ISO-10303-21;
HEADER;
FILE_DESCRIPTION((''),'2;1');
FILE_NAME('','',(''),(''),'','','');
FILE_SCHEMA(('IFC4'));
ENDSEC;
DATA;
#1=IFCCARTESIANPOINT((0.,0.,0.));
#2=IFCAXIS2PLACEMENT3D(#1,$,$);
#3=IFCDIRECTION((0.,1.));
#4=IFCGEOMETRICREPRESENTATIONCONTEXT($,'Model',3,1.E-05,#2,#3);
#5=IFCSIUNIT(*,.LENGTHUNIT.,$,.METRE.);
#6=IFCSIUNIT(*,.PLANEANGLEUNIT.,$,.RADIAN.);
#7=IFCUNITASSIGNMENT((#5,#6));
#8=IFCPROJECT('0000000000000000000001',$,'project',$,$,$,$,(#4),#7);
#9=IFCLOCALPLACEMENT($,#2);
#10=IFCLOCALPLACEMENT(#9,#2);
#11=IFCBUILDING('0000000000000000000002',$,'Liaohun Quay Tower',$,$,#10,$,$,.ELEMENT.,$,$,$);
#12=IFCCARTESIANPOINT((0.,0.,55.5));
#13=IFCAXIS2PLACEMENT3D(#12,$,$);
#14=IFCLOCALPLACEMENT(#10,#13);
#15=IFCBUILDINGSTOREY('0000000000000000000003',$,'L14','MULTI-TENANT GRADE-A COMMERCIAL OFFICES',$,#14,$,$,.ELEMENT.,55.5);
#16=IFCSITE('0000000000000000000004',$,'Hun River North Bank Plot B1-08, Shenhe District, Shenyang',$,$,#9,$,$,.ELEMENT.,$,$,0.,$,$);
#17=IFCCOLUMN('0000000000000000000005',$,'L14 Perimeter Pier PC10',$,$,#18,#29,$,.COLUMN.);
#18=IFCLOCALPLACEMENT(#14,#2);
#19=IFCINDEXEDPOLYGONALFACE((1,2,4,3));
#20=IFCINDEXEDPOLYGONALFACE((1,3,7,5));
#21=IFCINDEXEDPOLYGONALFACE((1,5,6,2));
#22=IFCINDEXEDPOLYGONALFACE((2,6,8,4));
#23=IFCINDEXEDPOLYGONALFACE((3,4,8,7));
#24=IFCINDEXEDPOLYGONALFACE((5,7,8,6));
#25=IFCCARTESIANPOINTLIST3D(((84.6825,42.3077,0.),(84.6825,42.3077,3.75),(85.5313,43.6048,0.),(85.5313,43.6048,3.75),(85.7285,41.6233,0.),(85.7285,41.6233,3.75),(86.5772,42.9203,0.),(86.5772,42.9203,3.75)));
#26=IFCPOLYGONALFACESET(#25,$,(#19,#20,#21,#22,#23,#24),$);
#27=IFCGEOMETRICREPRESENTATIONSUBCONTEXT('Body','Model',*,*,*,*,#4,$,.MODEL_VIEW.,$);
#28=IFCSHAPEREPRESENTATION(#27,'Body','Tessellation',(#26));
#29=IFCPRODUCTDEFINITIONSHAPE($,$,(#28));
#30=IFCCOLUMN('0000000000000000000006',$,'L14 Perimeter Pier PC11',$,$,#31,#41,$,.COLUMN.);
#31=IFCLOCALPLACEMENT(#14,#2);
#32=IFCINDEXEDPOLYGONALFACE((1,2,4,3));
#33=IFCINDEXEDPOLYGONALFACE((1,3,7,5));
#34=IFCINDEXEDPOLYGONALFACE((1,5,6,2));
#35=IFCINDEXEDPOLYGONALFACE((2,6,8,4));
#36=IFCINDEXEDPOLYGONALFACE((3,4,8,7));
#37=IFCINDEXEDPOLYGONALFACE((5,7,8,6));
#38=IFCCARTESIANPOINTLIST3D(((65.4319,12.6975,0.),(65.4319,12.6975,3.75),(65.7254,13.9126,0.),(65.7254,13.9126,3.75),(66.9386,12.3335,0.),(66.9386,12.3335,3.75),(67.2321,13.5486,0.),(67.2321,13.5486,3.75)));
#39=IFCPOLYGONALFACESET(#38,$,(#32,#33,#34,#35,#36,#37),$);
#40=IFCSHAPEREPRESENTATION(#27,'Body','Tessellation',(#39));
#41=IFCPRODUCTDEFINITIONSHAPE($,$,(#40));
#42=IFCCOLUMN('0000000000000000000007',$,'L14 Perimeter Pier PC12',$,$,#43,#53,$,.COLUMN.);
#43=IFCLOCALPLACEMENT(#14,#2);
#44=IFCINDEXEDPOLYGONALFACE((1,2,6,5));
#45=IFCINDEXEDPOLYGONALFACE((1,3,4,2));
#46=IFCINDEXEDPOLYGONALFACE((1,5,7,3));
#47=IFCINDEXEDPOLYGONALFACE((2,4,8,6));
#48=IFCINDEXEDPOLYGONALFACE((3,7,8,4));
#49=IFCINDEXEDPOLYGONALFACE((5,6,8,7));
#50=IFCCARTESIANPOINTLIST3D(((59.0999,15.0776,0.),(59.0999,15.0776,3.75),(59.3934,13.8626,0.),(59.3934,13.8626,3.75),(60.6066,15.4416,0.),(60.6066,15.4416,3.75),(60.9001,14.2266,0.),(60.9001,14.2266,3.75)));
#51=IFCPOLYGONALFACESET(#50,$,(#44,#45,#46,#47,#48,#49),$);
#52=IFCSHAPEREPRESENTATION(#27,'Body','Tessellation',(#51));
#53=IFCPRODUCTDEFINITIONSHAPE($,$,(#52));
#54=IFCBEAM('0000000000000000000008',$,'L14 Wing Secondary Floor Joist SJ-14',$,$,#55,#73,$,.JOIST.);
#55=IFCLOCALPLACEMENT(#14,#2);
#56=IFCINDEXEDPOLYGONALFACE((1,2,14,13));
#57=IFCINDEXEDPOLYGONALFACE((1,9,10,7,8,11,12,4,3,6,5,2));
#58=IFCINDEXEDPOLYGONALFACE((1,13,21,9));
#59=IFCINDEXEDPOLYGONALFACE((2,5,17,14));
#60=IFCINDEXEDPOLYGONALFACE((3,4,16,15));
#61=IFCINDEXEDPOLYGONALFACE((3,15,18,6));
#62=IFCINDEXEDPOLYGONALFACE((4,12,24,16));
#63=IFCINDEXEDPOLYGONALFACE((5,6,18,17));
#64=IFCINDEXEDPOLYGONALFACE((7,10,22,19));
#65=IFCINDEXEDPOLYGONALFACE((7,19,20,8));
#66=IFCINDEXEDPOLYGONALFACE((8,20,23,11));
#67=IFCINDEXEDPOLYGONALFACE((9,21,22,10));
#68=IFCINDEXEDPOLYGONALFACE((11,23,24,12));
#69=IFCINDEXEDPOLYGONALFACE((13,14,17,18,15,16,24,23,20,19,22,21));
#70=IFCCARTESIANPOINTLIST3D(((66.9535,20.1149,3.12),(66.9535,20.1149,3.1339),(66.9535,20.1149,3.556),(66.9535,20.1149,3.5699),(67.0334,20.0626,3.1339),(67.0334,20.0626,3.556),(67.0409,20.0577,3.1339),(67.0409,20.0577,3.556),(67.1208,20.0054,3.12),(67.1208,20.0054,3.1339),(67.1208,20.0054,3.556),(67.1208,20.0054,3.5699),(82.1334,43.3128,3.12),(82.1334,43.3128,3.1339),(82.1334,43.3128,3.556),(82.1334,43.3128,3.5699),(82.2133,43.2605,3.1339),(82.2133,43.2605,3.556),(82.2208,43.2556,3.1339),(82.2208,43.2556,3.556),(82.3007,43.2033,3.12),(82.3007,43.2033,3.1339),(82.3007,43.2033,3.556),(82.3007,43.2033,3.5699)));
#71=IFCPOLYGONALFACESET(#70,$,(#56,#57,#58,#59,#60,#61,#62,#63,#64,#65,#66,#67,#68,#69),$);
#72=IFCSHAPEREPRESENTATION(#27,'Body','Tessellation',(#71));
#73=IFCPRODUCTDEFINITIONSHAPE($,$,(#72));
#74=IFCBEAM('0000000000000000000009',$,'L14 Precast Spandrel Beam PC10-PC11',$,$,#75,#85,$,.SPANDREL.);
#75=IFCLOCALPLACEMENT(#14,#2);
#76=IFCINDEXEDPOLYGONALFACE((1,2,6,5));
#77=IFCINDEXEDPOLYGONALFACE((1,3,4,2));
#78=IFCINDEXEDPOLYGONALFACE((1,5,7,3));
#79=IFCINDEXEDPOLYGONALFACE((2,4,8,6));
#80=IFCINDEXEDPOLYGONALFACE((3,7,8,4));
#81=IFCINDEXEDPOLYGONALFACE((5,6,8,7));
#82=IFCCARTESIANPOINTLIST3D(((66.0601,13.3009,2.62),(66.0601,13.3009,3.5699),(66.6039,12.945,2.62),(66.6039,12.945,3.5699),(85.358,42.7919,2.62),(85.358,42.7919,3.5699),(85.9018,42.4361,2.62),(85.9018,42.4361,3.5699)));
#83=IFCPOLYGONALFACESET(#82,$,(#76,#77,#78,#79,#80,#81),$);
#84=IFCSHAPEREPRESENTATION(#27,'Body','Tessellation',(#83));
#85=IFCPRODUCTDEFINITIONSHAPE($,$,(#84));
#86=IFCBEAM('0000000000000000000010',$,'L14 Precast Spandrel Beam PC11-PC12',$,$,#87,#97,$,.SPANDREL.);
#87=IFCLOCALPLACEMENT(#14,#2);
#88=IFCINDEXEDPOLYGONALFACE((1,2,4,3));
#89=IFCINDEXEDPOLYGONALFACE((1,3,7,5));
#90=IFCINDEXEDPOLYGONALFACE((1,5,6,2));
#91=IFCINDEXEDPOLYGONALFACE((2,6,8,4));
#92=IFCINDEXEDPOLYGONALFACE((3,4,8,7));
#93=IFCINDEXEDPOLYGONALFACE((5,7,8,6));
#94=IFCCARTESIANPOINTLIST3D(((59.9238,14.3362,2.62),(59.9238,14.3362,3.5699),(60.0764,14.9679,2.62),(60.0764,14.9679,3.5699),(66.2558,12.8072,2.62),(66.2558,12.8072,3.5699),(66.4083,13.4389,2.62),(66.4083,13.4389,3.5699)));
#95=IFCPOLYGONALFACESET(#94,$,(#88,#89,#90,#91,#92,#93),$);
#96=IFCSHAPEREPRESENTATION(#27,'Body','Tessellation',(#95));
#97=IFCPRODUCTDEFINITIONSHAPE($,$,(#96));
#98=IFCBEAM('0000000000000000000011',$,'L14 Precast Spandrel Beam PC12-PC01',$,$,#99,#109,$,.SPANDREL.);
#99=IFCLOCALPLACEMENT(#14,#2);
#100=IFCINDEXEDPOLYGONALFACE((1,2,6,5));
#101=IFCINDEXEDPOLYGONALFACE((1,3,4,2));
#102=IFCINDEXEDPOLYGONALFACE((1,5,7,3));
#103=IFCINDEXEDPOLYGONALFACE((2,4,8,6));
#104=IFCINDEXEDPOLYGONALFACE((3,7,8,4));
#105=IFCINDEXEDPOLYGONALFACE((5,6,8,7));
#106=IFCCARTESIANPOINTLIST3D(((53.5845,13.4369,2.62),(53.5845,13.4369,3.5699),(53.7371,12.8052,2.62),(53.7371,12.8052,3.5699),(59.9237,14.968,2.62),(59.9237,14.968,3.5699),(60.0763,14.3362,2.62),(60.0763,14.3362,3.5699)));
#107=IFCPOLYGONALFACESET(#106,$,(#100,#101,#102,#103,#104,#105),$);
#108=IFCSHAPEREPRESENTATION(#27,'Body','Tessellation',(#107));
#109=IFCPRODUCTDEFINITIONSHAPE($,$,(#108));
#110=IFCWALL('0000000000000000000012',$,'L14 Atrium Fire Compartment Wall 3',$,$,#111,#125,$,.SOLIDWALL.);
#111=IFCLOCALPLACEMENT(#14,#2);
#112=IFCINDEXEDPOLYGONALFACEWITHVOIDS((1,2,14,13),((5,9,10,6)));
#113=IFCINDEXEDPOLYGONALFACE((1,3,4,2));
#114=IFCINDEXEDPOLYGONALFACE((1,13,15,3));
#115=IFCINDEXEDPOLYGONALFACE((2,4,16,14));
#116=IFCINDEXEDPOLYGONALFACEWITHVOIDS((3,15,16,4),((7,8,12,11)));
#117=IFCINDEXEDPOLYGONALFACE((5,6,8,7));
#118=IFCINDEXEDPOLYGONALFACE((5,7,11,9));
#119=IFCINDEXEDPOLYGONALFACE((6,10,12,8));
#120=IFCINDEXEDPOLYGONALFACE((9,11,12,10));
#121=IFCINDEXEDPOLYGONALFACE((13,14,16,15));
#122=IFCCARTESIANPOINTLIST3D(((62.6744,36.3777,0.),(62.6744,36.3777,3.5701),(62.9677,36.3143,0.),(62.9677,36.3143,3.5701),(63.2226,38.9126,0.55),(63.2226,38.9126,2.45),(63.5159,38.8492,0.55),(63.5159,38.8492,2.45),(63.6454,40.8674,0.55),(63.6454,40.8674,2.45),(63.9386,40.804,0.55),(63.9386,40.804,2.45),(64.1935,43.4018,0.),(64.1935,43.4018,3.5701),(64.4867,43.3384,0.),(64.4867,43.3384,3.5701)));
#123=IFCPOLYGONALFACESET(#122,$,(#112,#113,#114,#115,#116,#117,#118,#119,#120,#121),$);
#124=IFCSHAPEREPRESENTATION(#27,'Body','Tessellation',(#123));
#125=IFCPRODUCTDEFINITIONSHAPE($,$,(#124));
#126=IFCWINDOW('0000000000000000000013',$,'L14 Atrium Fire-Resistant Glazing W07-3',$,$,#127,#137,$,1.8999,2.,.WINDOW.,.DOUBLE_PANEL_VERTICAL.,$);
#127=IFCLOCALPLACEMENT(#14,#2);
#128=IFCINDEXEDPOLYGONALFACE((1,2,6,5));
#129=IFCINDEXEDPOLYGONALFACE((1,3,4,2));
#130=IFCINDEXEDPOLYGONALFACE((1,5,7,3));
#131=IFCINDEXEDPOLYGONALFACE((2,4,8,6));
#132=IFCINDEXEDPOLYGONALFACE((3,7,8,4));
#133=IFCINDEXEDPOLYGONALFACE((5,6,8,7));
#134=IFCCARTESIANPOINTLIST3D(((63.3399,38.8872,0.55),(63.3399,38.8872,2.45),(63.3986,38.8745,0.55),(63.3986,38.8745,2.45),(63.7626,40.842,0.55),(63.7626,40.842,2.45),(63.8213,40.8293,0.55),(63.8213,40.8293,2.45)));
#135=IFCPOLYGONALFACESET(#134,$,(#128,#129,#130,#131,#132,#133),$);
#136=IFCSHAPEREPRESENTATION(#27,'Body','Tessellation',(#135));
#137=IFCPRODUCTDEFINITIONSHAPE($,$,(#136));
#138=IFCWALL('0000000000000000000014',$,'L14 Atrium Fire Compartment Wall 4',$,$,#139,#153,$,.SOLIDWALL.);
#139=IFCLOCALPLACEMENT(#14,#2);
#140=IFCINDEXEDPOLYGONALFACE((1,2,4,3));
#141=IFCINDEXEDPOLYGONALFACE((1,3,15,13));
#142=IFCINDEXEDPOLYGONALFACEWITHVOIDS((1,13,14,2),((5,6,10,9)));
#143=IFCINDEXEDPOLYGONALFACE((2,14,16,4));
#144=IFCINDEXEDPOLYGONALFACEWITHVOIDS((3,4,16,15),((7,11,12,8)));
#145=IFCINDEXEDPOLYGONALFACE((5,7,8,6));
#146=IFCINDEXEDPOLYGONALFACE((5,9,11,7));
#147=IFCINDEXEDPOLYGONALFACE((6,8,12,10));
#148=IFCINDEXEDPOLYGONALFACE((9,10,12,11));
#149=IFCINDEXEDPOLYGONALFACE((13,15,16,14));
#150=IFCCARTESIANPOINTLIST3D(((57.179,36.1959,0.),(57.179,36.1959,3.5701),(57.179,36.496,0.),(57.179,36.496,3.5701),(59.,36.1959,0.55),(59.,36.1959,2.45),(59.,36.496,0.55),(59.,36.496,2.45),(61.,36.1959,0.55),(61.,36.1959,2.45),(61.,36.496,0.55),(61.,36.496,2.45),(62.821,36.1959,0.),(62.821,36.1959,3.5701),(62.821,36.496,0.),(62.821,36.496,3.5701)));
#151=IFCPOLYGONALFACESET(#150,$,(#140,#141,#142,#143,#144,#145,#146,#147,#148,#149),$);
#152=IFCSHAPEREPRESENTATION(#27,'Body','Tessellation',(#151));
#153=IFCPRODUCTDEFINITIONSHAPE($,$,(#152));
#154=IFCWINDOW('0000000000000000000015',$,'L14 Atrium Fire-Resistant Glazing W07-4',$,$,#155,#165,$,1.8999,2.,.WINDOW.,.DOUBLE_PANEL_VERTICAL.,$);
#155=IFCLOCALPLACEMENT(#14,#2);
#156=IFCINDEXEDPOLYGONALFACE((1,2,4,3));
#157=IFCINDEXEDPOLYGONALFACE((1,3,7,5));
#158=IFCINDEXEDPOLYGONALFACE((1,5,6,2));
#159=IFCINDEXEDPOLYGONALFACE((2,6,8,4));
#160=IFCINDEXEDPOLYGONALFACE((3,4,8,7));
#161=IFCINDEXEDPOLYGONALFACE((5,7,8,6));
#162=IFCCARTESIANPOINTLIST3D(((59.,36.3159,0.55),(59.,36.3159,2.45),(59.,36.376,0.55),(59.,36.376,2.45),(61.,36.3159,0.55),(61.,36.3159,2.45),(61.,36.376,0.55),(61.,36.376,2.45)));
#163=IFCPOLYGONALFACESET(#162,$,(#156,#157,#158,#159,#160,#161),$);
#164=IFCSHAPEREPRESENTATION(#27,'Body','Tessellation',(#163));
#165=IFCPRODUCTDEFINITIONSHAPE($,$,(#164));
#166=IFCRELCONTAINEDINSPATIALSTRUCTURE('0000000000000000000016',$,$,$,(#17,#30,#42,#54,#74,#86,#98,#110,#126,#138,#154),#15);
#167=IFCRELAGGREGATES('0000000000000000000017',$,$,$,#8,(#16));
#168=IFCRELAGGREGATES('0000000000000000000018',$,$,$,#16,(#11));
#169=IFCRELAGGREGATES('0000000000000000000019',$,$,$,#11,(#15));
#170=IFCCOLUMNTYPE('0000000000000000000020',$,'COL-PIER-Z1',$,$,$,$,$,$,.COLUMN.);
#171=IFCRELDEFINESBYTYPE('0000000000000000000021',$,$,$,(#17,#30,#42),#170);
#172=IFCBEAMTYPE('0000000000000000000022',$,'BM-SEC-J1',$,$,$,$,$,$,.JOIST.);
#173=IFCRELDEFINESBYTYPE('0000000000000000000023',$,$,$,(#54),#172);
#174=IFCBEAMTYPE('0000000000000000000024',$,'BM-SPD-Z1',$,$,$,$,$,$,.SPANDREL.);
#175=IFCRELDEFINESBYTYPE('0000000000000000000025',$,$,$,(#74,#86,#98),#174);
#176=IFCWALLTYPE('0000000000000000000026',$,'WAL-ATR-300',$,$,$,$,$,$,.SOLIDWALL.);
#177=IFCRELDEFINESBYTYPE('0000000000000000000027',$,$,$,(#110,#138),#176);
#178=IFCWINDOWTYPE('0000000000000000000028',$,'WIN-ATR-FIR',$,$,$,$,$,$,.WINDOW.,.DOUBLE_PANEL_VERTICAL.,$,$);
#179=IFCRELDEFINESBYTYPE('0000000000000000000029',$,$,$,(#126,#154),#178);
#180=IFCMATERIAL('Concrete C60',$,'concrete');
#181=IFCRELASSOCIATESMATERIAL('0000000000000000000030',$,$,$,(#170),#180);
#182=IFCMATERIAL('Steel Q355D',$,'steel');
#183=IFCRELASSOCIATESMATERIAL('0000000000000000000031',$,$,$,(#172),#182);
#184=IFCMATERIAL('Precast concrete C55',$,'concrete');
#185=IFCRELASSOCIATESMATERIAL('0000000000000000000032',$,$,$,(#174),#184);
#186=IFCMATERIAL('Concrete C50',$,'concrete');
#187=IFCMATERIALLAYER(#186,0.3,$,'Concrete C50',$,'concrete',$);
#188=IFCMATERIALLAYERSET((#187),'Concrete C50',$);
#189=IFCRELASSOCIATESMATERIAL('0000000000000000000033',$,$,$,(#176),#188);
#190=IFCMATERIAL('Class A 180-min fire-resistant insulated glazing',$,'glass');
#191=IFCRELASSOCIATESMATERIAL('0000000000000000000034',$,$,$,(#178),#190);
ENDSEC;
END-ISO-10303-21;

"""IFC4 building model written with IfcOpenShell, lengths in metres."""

from ifc_helpers import new_model, si_unit, direction, frame, frame_2d, origin, origin_2d, place, context, subcontext, project, spatial, rectangle, i_section, extrude, source, transform, mapped, material, layer, layer_set, material_profile, profile_set, type_object, element, fill, save


model = new_model("IFC4")

# Units and contexts
model_context = context("Model", 3, precision=1e-05, world=origin(), true_north=direction((0.0, 1.0)))
body_context = subcontext(model_context, "Body", "Model", "MODEL_VIEW")
ifc_project = project(units=[si_unit("LENGTHUNIT", "METRE"), si_unit("PLANEANGLEUNIT", "RADIAN")], contexts=[model_context])

# Site, building, storey
site_placement = place(None, origin())
site = spatial("IfcSite", under=ifc_project, at=site_placement, Name="Hun River North Bank Plot B1-08, Shenhe District, Shenyang", CompositionType="ELEMENT", RefElevation=0.0)
building_placement = place(site_placement, origin())
building = spatial("IfcBuilding", under=site, at=building_placement, Name="Liaohun Quay Tower", CompositionType="ELEMENT")
storey_placement = place(building_placement, frame((0.0, 0.0, 55.5)))
storey = spatial("IfcBuildingStorey", under=building, at=storey_placement, Name="L14", Description="MULTI-TENANT GRADE-A COMMERCIAL OFFICES", CompositionType="ELEMENT", Elevation=55.5)

# Columns
ifc_material_1 = material(Name="Concrete C60", Category="concrete")
ifc_material_profile_1 = material_profile(ifc_material_1, rectangle(XDim=1.55, YDim=1.25, at=origin_2d()), Name="RC1550x1250")
ifc_profile_set_1 = profile_set([ifc_material_profile_1], Name="Concrete C60")
column_type = type_object("IfcColumnType", Name="COL-PIER-Z1", PredefinedType="COLUMN", material=ifc_profile_set_1)
shared_shape_1 = source(origin(), body_context, "Body", "SweptSolid", [
    extrude(rectangle(XDim=1.55, YDim=1.25, at=origin_2d()), origin(), (0.0, 0.0, 1.0), 3.75),
])
for number, where, z_axis, x_axis, name in (
    (1, (85.6299, 42.614, 0.0), (0.0, 0.0, 1.0), (0.547563, 0.836764, 0.0), "L14 Perimeter Pier PC10"),
    (2, (66.332, 13.123, 0.0), (0.0, 0.0, 1.0), (-0.972043, 0.234803, 0.0), "L14 Perimeter Pier PC11"),
    (3, (60.0, 14.6521, 0.0), (0.0, 0.0, 1.0), (0.972043, 0.234803, 0.0), "L14 Perimeter Pier PC12"),
):
    element("IfcColumn", number, at=place(storey_placement, frame(where, z_axis=z_axis, x_axis=x_axis)), inside=storey, type_object=column_type, Name=name, PredefinedType="COLUMN", context=body_context, shape_type="MappedRepresentation", body=[
        mapped(shared_shape_1, transform((0.0, 0.0, 0.0), x_axis=(1.0, 0.0, 0.0), y_axis=(0.0, 1.0, 0.0), z_axis=(0.0, 0.0, 1.0), scale=1.0)),
    ])

# Beams
ifc_material_2 = material(Name="Steel Q355D", Category="steel")
ifc_material_profile_2 = material_profile(ifc_material_2, i_section(OverallWidth=0.2, OverallDepth=0.45, WebThickness=0.009, FlangeThickness=0.0139, at=origin_2d()), Name="HN450x200x9x14")
ifc_profile_set_2 = profile_set([ifc_material_profile_2], Name="Steel Q355D")
beam_type_1 = type_object("IfcBeamType", Name="BM-SEC-J1", PredefinedType="JOIST", material=ifc_profile_set_2)
shared_shape_2 = source(origin(), body_context, "Body", "SweptSolid", [
    extrude(i_section(OverallWidth=0.2, OverallDepth=0.45, WebThickness=0.009, FlangeThickness=0.0139, at=origin_2d()), origin(), (0.0, 0.0, 1.0), 27.7231),
])
beam_1_placement = place(storey_placement, frame((82.217, 43.2581, 3.345), z_axis=(-0.547553, -0.836771, 0.0), x_axis=(0.836771, -0.547553, 0.0)))
element("IfcBeam", 4, at=beam_1_placement, inside=storey, type_object=beam_type_1, Name="L14 Wing Secondary Floor Joist SJ-14", PredefinedType="JOIST", context=body_context, shape_type="MappedRepresentation", body=[
    mapped(shared_shape_2, transform((0.0, 0.0, 0.0), x_axis=(1.0, 0.0, 0.0), y_axis=(0.0, 1.0, 0.0), z_axis=(0.0, 0.0, 1.0), scale=1.0)),
])
ifc_material_3 = material(Name="Precast concrete C55", Category="concrete")
ifc_material_profile_3 = material_profile(ifc_material_3, rectangle(XDim=0.6499, YDim=0.95, at=origin_2d()), Name="RC650x950")
ifc_profile_set_3 = profile_set([ifc_material_profile_3], Name="Precast concrete C55")
beam_type_2 = type_object("IfcBeamType", Name="BM-SPD-Z1", PredefinedType="SPANDREL", material=ifc_profile_set_3)
shared_shape_3 = source(origin(), body_context, "Body", "SweptSolid", [
    extrude(rectangle(XDim=0.6499, YDim=0.95, at=origin_2d()), origin(), (0.0, 0.0, 1.0), 35.2439),
])
beam_2_placement = place(storey_placement, frame((85.6299, 42.614, 3.095), z_axis=(-0.547553, -0.836771, 0.0), x_axis=(0.836771, -0.547553, 0.0)))
element("IfcBeam", 5, at=beam_2_placement, inside=storey, type_object=beam_type_2, Name="L14 Precast Spandrel Beam PC10-PC11", PredefinedType="SPANDREL", context=body_context, shape_type="MappedRepresentation", body=[
    mapped(shared_shape_3, transform((0.0, 0.0, 0.0), x_axis=(1.0, 0.0, 0.0), y_axis=(0.0, 1.0, 0.0), z_axis=(0.0, 0.0, 1.0), scale=1.0)),
])
shared_shape_4 = source(origin(), body_context, "Body", "SweptSolid", [
    extrude(rectangle(XDim=0.6499, YDim=0.95, at=origin_2d()), origin(), (0.0, 0.0, 1.0), 6.5139),
])
beam_3_placement = place(storey_placement, frame((66.332, 13.123, 3.095), z_axis=(-0.97206, 0.234732, 0.0), x_axis=(-0.234732, -0.97206, 0.0)))
element("IfcBeam", 6, at=beam_3_placement, inside=storey, type_object=beam_type_2, Name="L14 Precast Spandrel Beam PC11-PC12", PredefinedType="SPANDREL", context=body_context, shape_type="MappedRepresentation", body=[
    mapped(shared_shape_4, transform((0.0, 0.0, 0.0), x_axis=(1.0, 0.0, 0.0), y_axis=(0.0, 1.0, 0.0), z_axis=(0.0, 0.0, 1.0), scale=1.0)),
])
shared_shape_5 = source(origin(), body_context, "Body", "SweptSolid", [
    extrude(rectangle(XDim=0.6499, YDim=0.95, at=origin_2d()), origin(), (0.0, 0.0, 1.0), 6.5215),
])
beam_4_placement = place(storey_placement, frame((60.0, 14.6521, 3.095), z_axis=(-0.972052, -0.234767, 0.0), x_axis=(0.234767, -0.972052, 0.0)))
element("IfcBeam", 7, at=beam_4_placement, inside=storey, type_object=beam_type_2, Name="L14 Precast Spandrel Beam PC12-PC01", PredefinedType="SPANDREL", context=body_context, shape_type="MappedRepresentation", body=[
    mapped(shared_shape_5, transform((0.0, 0.0, 0.0), x_axis=(1.0, 0.0, 0.0), y_axis=(0.0, 1.0, 0.0), z_axis=(0.0, 0.0, 1.0), scale=1.0)),
])

# Walls, openings, windows
ifc_material_4 = material(Name="Concrete C50", Category="concrete")
ifc_layer_1 = layer(ifc_material_4, 0.3, Name="Concrete C50", Category="concrete")
ifc_layer_set_1 = layer_set([ifc_layer_1], Name="Concrete C50")
wall_type_1 = type_object("IfcWallType", Name="WAL-ATR-300", PredefinedType="SOLIDWALL", material=ifc_layer_set_1)
wall_1_placement = place(storey_placement, frame((64.3401, 43.3701, 0.0), z_axis=(0.0, 0.0, 1.0), x_axis=(-0.211373, -0.977405, 0.0)))
wall_1 = element("IfcWall", 8, at=wall_1_placement, inside=storey, type_object=wall_type_1, Name="L14 Atrium Fire Compartment Wall 3", PredefinedType="SOLIDWALL", context=body_context, shape_type="SweptSolid", body=[
    extrude(rectangle(XDim=7.1865, YDim=0.3, at=frame_2d((3.5933, 0.0))), origin(), (0.0, 0.0, 1.0), 3.5701),
])
shared_shape_6 = source(origin(), body_context, "Body", "SweptSolid", [
    extrude(rectangle(XDim=2.0, YDim=1.8999, at=frame_2d((1.0, 0.95))), frame((0.0, 0.1599, 0.0), z_axis=(0.0, -1.0, 0.0), x_axis=(1.0, 0.0, 0.0)), (0.0, 0.0, 1.0), 0.3201),
])
opening_1_placement = place(wall_1_placement, frame((2.593, 0.0, 0.55)))
opening_1 = element("IfcOpeningElement", 9, at=opening_1_placement, cuts=wall_1, PredefinedType="OPENING", context=body_context, shape_type="MappedRepresentation", body=[
    mapped(shared_shape_6, transform((0.0, 0.0, 0.0), x_axis=(1.0, 0.0, 0.0), y_axis=(0.0, 1.0, 0.0), z_axis=(0.0, 0.0, 1.0), scale=1.0)),
])
ifc_material_5 = material(Name="Class A 180-min fire-resistant insulated glazing", Category="glass")
window_type_1 = type_object("IfcWindowType", Name="WIN-ATR-FIR", PartitioningType="DOUBLE_PANEL_VERTICAL", PredefinedType="WINDOW", material=ifc_material_5)
shared_shape_7 = source(origin(), body_context, "Body", "SweptSolid", [
    extrude(rectangle(XDim=2.0, YDim=1.8999, at=frame_2d((1.0, 0.95))), frame((0.0, 0.03, 0.0), z_axis=(0.0, -1.0, 0.0), x_axis=(1.0, 0.0, 0.0)), (0.0, 0.0, 1.0), 0.0601),
])
window_1_placement = place(opening_1_placement, origin())
window_1 = element("IfcWindow", 10, at=window_1_placement, inside=storey, type_object=window_type_1, Name="L14 Atrium Fire-Resistant Glazing W07-3", OverallHeight=1.8999, OverallWidth=2.0, PartitioningType="DOUBLE_PANEL_VERTICAL", PredefinedType="WINDOW", context=body_context, shape_type="MappedRepresentation", body=[
    mapped(shared_shape_7, transform((0.0, 0.0, 0.0), x_axis=(1.0, 0.0, 0.0), y_axis=(0.0, 1.0, 0.0), z_axis=(0.0, 0.0, 1.0), scale=1.0)),
])
fill(opening_1, window_1)
wall_2_placement = place(storey_placement, frame((62.821, 36.3459, 0.0), z_axis=(0.0, 0.0, 1.0), x_axis=(-1.0, 0.0, 0.0)))
wall_2 = element("IfcWall", 11, at=wall_2_placement, inside=storey, type_object=wall_type_1, Name="L14 Atrium Fire Compartment Wall 4", PredefinedType="SOLIDWALL", context=body_context, shape_type="SweptSolid", body=[
    extrude(rectangle(XDim=5.6421, YDim=0.3, at=frame_2d((2.821, 0.0))), origin(), (0.0, 0.0, 1.0), 3.5701),
])
opening_2_placement = place(wall_2_placement, frame((1.821, 0.0, 0.55)))
opening_2 = element("IfcOpeningElement", 12, at=opening_2_placement, cuts=wall_2, PredefinedType="OPENING", context=body_context, shape_type="MappedRepresentation", body=[
    mapped(shared_shape_6, transform((0.0, 0.0, 0.0), x_axis=(1.0, 0.0, 0.0), y_axis=(0.0, 1.0, 0.0), z_axis=(0.0, 0.0, 1.0), scale=1.0)),
])
window_2_placement = place(opening_2_placement, origin())
window_2 = element("IfcWindow", 13, at=window_2_placement, inside=storey, type_object=window_type_1, Name="L14 Atrium Fire-Resistant Glazing W07-4", OverallHeight=1.8999, OverallWidth=2.0, PartitioningType="DOUBLE_PANEL_VERTICAL", PredefinedType="WINDOW", context=body_context, shape_type="MappedRepresentation", body=[
    mapped(shared_shape_7, transform((0.0, 0.0, 0.0), x_axis=(1.0, 0.0, 0.0), y_axis=(0.0, 1.0, 0.0), z_axis=(0.0, 0.0, 1.0), scale=1.0)),
])
fill(opening_2, window_2)

save(model, "model.ifc")
